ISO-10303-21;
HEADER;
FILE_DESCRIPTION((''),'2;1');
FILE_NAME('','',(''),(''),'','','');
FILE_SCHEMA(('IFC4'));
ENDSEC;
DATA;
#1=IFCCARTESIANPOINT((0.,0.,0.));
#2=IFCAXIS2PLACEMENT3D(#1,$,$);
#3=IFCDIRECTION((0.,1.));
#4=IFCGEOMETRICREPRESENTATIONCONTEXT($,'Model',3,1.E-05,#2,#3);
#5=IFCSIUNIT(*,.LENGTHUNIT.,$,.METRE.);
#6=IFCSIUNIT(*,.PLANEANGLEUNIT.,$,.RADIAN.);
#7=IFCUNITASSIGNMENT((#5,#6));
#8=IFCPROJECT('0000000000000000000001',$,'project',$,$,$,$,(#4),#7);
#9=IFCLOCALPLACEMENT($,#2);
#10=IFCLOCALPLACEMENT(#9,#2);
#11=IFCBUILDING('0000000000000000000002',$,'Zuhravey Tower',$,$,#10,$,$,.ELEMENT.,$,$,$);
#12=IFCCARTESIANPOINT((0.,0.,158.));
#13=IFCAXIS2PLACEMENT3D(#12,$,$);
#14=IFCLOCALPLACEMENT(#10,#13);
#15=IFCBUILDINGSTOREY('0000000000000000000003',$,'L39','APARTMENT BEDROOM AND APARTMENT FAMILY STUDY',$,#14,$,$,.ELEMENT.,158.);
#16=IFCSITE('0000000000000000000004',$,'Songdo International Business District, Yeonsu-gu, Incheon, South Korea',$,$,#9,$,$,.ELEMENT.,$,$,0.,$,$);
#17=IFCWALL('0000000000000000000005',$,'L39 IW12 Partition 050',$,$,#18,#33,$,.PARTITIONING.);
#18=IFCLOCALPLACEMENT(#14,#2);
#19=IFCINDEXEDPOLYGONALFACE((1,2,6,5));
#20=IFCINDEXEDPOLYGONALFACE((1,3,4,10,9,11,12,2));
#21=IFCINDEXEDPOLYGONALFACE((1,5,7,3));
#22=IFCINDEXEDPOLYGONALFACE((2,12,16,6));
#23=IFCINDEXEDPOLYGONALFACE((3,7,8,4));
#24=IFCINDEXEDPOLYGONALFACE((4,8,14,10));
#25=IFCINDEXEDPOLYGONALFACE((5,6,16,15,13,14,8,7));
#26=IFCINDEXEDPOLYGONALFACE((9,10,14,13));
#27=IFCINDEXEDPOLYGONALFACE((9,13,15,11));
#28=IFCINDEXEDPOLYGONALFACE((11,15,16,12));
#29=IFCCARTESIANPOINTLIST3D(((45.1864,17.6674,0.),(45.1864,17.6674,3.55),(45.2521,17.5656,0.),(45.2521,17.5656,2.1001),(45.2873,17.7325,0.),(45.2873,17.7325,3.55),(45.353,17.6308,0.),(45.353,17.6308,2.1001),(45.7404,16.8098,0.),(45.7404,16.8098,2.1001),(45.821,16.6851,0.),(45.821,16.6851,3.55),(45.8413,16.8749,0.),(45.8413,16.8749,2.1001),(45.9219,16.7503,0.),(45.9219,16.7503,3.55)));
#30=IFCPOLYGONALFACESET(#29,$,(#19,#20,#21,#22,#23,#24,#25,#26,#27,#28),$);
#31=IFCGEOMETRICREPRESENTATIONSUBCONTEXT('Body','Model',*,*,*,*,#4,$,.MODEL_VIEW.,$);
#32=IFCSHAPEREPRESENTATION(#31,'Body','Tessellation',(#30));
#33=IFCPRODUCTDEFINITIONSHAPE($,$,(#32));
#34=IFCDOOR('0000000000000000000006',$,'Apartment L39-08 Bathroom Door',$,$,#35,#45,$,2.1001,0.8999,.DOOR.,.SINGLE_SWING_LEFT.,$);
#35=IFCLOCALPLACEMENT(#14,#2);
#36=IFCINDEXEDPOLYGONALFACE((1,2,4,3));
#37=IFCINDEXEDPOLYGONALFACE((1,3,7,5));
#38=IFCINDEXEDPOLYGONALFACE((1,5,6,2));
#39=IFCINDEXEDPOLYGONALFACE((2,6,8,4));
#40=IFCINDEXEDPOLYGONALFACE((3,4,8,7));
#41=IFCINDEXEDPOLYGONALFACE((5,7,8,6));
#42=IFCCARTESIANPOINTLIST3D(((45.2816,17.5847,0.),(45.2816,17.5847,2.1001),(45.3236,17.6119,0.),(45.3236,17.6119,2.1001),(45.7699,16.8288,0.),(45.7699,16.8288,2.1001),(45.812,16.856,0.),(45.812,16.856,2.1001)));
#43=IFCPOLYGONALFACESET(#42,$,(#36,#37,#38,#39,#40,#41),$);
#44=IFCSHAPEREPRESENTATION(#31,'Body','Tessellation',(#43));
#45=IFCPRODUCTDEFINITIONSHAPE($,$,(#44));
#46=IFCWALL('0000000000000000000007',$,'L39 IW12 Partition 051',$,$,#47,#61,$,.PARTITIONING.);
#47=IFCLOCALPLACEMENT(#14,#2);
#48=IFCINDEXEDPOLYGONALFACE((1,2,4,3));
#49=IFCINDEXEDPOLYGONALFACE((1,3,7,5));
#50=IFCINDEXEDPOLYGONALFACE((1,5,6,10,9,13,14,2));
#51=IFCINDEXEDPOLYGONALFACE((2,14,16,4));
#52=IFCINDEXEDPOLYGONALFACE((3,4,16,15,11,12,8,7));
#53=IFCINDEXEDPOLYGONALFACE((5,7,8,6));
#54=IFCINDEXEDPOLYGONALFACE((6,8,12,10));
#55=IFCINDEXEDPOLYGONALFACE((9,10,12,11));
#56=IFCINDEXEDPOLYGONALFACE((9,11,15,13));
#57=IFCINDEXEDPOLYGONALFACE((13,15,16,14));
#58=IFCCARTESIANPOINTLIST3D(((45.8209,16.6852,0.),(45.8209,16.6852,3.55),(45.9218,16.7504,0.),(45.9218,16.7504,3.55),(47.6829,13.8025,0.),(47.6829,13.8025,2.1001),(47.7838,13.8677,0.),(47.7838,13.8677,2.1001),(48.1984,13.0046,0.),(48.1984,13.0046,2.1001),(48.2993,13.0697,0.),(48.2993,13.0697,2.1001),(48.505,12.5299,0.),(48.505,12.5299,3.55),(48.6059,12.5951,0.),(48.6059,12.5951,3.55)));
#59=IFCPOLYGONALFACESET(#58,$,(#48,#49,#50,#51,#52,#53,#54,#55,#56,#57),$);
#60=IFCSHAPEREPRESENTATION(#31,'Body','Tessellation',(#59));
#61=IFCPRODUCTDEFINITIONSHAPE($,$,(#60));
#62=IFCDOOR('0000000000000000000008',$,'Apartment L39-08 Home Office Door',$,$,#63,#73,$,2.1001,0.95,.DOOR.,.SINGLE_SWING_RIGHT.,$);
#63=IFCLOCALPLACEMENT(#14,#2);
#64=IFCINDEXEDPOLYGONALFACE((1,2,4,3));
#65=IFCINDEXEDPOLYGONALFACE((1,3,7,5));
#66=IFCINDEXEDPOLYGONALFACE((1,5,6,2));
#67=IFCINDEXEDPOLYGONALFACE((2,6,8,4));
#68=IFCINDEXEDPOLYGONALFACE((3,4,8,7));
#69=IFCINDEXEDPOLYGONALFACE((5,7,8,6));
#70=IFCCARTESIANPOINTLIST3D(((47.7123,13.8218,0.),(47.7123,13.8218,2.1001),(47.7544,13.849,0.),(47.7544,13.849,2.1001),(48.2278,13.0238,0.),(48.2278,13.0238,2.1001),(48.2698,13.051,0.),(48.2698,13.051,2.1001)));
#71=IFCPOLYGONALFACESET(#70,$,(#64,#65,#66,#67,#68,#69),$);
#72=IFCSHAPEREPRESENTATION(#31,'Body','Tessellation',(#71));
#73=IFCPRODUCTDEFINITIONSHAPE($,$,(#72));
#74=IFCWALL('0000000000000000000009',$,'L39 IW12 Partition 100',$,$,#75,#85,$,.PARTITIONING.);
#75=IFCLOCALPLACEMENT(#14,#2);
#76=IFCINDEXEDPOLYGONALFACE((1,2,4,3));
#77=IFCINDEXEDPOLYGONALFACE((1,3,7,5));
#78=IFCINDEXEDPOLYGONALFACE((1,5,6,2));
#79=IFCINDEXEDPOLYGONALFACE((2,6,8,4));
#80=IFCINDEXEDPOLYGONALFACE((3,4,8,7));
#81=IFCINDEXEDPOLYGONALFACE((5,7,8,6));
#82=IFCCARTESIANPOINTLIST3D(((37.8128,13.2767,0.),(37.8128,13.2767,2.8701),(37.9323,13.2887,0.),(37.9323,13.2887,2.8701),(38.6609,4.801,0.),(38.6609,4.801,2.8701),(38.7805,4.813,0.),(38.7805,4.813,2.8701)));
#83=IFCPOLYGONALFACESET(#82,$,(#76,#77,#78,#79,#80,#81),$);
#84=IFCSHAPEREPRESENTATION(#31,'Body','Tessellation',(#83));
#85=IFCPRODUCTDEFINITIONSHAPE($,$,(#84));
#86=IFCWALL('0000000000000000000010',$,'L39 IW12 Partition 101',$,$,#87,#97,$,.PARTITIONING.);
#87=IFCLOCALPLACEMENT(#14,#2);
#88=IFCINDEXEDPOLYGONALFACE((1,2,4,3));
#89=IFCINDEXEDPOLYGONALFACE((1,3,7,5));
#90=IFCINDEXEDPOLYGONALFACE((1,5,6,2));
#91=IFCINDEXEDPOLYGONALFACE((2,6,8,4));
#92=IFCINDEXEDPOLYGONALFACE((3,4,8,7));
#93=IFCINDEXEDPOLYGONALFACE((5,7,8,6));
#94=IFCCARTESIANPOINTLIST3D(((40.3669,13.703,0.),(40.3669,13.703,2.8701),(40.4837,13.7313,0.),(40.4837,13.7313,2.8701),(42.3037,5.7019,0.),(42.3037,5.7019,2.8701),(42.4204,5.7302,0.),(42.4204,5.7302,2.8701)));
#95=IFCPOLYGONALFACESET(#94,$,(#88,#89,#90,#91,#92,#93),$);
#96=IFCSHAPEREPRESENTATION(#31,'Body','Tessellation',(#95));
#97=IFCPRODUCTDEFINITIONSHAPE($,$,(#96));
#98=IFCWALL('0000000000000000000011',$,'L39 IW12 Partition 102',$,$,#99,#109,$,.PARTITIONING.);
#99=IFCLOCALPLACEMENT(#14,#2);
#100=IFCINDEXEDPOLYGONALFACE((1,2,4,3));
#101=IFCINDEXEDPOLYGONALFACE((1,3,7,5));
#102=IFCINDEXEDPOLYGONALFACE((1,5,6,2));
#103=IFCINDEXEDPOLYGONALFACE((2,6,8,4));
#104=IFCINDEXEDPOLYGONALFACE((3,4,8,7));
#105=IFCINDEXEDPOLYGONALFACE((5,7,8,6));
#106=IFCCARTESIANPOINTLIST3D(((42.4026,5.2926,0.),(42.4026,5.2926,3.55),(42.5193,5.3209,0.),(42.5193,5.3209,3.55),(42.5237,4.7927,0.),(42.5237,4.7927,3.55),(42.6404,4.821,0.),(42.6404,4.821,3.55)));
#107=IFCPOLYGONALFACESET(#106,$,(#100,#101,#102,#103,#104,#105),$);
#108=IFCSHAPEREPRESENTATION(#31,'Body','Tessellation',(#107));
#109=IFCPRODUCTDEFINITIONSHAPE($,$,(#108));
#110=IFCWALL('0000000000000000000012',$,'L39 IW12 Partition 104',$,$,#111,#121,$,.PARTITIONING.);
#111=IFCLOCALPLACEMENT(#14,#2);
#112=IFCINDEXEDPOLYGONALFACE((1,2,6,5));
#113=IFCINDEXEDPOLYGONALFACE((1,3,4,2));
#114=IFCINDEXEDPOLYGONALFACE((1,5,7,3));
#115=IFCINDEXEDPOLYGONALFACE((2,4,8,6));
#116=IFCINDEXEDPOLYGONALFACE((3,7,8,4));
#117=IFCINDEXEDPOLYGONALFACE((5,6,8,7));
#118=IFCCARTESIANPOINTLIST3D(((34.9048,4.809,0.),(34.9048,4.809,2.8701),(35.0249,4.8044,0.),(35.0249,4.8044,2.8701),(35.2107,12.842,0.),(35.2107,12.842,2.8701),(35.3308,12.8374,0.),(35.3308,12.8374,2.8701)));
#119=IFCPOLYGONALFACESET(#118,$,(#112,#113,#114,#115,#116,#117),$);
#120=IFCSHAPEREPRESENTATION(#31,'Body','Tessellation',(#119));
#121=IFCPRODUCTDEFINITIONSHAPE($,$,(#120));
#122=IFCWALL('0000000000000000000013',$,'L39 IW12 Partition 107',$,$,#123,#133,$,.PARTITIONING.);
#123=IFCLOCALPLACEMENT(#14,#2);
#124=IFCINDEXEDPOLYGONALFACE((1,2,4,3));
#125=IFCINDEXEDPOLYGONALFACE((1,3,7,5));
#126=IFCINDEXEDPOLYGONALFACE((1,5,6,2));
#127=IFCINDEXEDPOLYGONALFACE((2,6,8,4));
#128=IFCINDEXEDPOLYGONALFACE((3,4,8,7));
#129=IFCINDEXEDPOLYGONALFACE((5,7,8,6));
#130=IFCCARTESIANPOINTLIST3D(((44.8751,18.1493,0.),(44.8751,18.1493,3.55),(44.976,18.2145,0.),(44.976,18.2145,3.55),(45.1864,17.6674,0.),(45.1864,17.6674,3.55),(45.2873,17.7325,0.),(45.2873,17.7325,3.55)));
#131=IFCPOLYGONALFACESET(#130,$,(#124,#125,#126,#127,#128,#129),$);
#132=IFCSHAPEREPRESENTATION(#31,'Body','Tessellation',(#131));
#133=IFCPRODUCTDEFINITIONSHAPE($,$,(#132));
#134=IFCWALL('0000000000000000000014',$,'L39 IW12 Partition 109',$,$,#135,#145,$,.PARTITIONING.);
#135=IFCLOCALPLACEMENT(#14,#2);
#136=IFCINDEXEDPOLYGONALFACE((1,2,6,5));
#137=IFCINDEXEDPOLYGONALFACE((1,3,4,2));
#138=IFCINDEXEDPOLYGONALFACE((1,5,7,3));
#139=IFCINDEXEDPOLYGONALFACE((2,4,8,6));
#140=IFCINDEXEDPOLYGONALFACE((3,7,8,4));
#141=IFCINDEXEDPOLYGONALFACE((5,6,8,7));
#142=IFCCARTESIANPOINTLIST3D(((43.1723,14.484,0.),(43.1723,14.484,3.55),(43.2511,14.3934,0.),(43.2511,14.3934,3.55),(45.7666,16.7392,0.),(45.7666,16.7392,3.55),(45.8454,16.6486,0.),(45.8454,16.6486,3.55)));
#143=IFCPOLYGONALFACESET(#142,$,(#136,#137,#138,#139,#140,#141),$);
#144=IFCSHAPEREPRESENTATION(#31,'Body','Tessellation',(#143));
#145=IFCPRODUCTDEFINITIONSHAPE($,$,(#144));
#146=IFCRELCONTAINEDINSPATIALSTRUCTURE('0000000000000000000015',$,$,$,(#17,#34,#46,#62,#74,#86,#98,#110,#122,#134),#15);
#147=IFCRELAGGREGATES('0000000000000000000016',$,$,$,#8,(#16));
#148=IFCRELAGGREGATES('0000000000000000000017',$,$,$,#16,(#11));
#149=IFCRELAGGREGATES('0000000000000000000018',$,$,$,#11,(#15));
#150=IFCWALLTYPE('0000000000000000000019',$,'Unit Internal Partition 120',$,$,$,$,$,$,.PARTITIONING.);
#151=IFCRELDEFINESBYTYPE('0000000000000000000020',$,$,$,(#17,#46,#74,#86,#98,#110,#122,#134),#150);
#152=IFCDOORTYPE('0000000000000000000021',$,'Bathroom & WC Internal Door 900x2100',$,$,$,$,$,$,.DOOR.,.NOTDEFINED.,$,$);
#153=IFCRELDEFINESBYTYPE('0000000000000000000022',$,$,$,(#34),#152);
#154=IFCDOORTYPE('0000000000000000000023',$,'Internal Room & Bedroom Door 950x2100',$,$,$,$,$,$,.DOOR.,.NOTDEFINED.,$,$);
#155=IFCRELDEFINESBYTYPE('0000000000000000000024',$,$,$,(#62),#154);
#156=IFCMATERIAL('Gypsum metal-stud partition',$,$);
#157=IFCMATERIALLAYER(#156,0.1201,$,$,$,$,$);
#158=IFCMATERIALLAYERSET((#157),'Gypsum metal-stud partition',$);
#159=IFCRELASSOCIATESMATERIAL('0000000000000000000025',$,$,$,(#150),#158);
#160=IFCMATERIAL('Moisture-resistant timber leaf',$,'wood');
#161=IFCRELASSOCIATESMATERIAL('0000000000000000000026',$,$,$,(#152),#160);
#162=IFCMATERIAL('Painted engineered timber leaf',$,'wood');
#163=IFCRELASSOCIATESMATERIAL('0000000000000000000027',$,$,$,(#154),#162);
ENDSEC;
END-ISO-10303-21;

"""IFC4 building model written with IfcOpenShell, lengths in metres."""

from ifc_helpers import new_model, si_unit, direction, frame, frame_2d, origin, place, context, subcontext, project, spatial, rectangle, extrude, material, layer, layer_set, type_object, element, fill, save


model = new_model("IFC4")

# Units and contexts
model_context = context("Model", 3, precision=1e-05, world=origin(), true_north=direction((0.0, 1.0)))
body_context = subcontext(model_context, "Body", "Model", "MODEL_VIEW")
ifc_project = project(units=[si_unit("LENGTHUNIT", "METRE"), si_unit("PLANEANGLEUNIT", "RADIAN")], contexts=[model_context])

# Site, building, storey
site_placement = place(None, origin())
site = spatial("IfcSite", under=ifc_project, at=site_placement, Name="Songdo International Business District, Yeonsu-gu, Incheon, South Korea", CompositionType="ELEMENT", RefElevation=0.0)
building_placement = place(site_placement, origin())
building = spatial("IfcBuilding", under=site, at=building_placement, Name="Zuhravey Tower", CompositionType="ELEMENT")
storey_placement = place(building_placement, frame((0.0, 0.0, 158.0)))
storey = spatial("IfcBuildingStorey", under=building, at=storey_placement, Name="L39", Description="APARTMENT BEDROOM AND APARTMENT FAMILY STUDY", CompositionType="ELEMENT", Elevation=158.0)

# Shared definitions
ifc_material_1 = material(Name="Gypsum metal-stud partition")
ifc_layer_1 = layer(ifc_material_1, 0.1201)
ifc_layer_set_1 = layer_set([ifc_layer_1], Name="Gypsum metal-stud partition")
wall_type_1 = type_object("IfcWallType", Name="Unit Internal Partition 120", PredefinedType="PARTITIONING", material=ifc_layer_set_1)
ifc_material_2 = material(Name="Moisture-resistant timber leaf", Category="wood")
door_type_1 = type_object("IfcDoorType", Name="Bathroom & WC Internal Door 900x2100", OperationType="NOTDEFINED", PredefinedType="DOOR", material=ifc_material_2)
ifc_material_3 = material(Name="Painted engineered timber leaf", Category="wood")
door_type_2 = type_object("IfcDoorType", Name="Internal Room & Bedroom Door 950x2100", OperationType="NOTDEFINED", PredefinedType="DOOR", material=ifc_material_3)

# Walls, openings, doors
wall_1_placement = place(storey_placement, frame((45.2368, 17.7, 0.0), z_axis=(0.0, 0.0, 1.0), x_axis=(0.542645, -0.839962, 0.0)))
wall_1 = element("IfcWall", 1, at=wall_1_placement, inside=storey, type_object=wall_type_1, Name="L39 IW12 Partition 050", PredefinedType="PARTITIONING", context=body_context, shape_type="SweptSolid", body=[
    extrude(rectangle(XDim=1.1694, YDim=0.1201, at=frame_2d((0.5847, 0.0))), origin(), (0.0, 0.0, 1.0), 3.55),
])
opening_1_placement = place(wall_1_placement, frame((0.1211, 0.0, 0.0)))
opening_1 = element("IfcOpeningElement", 2, at=opening_1_placement, cuts=wall_1, PredefinedType="OPENING", context=body_context, shape_type="SweptSolid", body=[
    extrude(rectangle(XDim=0.8999, YDim=2.1001, at=frame_2d((0.45, 1.05))), frame((0.0, 0.072, 0.0), z_axis=(0.0, -1.0, 0.0), x_axis=(1.0, 0.0, 0.0)), (0.0, 0.0, 1.0), 0.144),
])
door_1_placement = place(opening_1_placement, frame((0.8999, 0.0, 0.0), z_axis=(0.0, 0.0, 1.0), x_axis=(-1.0, 0.0, 0.0)))
door_1 = element("IfcDoor", 3, at=door_1_placement, inside=storey, type_object=door_type_1, Name="Apartment L39-08 Bathroom Door", OperationType="SINGLE_SWING_LEFT", OverallHeight=2.1001, OverallWidth=0.8999, PredefinedType="DOOR", context=body_context, shape_type="SweptSolid", body=[
    extrude(rectangle(XDim=0.8999, YDim=2.1001, at=frame_2d((0.45, 1.05))), frame((0.0, 0.0249, 0.0), z_axis=(0.0, -1.0, 0.0), x_axis=(1.0, 0.0, 0.0)), (0.0, 0.0, 1.0), 0.05),
])
fill(opening_1, door_1)
wall_2_placement = place(storey_placement, frame((45.8713, 16.7178, 0.0), z_axis=(0.0, 0.0, 1.0), x_axis=(0.542592, -0.839996, 0.0)))
wall_2 = element("IfcWall", 4, at=wall_2_placement, inside=storey, type_object=wall_type_1, Name="L39 IW12 Partition 051", PredefinedType="PARTITIONING", context=body_context, shape_type="SweptSolid", body=[
    extrude(rectangle(XDim=4.9468, YDim=0.1201, at=frame_2d((2.4734, 0.0))), origin(), (0.0, 0.0, 1.0), 3.55),
])
opening_2_placement = place(wall_2_placement, frame((3.4316, 0.0, 0.0)))
opening_2 = element("IfcOpeningElement", 5, at=opening_2_placement, cuts=wall_2, PredefinedType="OPENING", context=body_context, shape_type="SweptSolid", body=[
    extrude(rectangle(XDim=0.95, YDim=2.1001, at=frame_2d((0.4751, 1.05))), frame((0.0, 0.072, 0.0), z_axis=(0.0, -1.0, 0.0), x_axis=(1.0, 0.0, 0.0)), (0.0, 0.0, 1.0), 0.144),
])
door_2_placement = place(opening_2_placement, frame((0.95, 0.0, 0.0), z_axis=(0.0, 0.0, 1.0), x_axis=(-1.0, 0.0, 0.0)))
door_2 = element("IfcDoor", 6, at=door_2_placement, inside=storey, type_object=door_type_2, Name="Apartment L39-08 Home Office Door", OperationType="SINGLE_SWING_RIGHT", OverallHeight=2.1001, OverallWidth=0.95, PredefinedType="DOOR", context=body_context, shape_type="SweptSolid", body=[
    extrude(rectangle(XDim=0.95, YDim=2.1001, at=frame_2d((0.4751, 1.05))), frame((0.0, 0.0249, 0.0), z_axis=(0.0, -1.0, 0.0), x_axis=(1.0, 0.0, 0.0)), (0.0, 0.0, 1.0), 0.05),
])
fill(opening_2, door_2)

# Walls
wall_3_placement = place(storey_placement, frame((37.8726, 13.2827, 0.0), z_axis=(0.0, 0.0, 1.0), x_axis=(0.099569, -0.995031, 0.0)))
element("IfcWall", 7, at=wall_3_placement, inside=storey, type_object=wall_type_1, Name="L39 IW12 Partition 100", PredefinedType="PARTITIONING", context=body_context, shape_type="SweptSolid", body=[
    extrude(rectangle(XDim=8.5181, YDim=0.1201, at=frame_2d((4.259, 0.0))), origin(), (0.0, 0.0, 1.0), 2.8701),
])
wall_4_placement = place(storey_placement, frame((40.4253, 13.7173, 0.0), z_axis=(0.0, 0.0, 1.0), x_axis=(0.235265, -0.971931, 0.0)))
element("IfcWall", 8, at=wall_4_placement, inside=storey, type_object=wall_type_1, Name="L39 IW12 Partition 101", PredefinedType="PARTITIONING", context=body_context, shape_type="SweptSolid", body=[
    extrude(rectangle(XDim=8.2322, YDim=0.1201, at=frame_2d((4.1162, 0.0))), origin(), (0.0, 0.0, 1.0), 2.8701),
])
wall_5_placement = place(storey_placement, frame((42.4609, 5.3069, 0.0), z_axis=(0.0, 0.0, 1.0), x_axis=(0.235383, -0.971903, 0.0)))
element("IfcWall", 9, at=wall_5_placement, inside=storey, type_object=wall_type_1, Name="L39 IW12 Partition 102", PredefinedType="PARTITIONING", context=body_context, shape_type="SweptSolid", body=[
    extrude(rectangle(XDim=0.5144, YDim=0.1201, at=frame_2d((0.2573, 0.0))), origin(), (0.0, 0.0, 1.0), 3.55),
])
wall_6_placement = place(storey_placement, frame((35.2708, 12.8398, 0.0), z_axis=(0.0, 0.0, 1.0), x_axis=(-0.038054, -0.999276, 0.0)))
element("IfcWall", 10, at=wall_6_placement, inside=storey, type_object=wall_type_1, Name="L39 IW12 Partition 104", PredefinedType="PARTITIONING", context=body_context, shape_type="SweptSolid", body=[
    extrude(rectangle(XDim=8.0388, YDim=0.1201, at=frame_2d((4.0195, 0.0))), origin(), (0.0, 0.0, 1.0), 2.8701),
])
wall_7_placement = place(storey_placement, frame((44.9255, 18.1819, 0.0), z_axis=(0.0, 0.0, 1.0), x_axis=(0.542563, -0.840015, 0.0)))
element("IfcWall", 11, at=wall_7_placement, inside=storey, type_object=wall_type_1, Name="L39 IW12 Partition 107", PredefinedType="PARTITIONING", context=body_context, shape_type="SweptSolid", body=[
    extrude(rectangle(XDim=0.5737, YDim=0.1201, at=frame_2d((0.2869, 0.0))), origin(), (0.0, 0.0, 1.0), 3.55),
])
wall_8_placement = place(storey_placement, frame((43.2117, 14.4387, 0.0), z_axis=(0.0, 0.0, 1.0), x_axis=(0.754711, 0.656057, 0.0)))
element("IfcWall", 12, at=wall_8_placement, inside=storey, type_object=wall_type_1, Name="L39 IW12 Partition 109", PredefinedType="PARTITIONING", context=body_context, shape_type="SweptSolid", body=[
    extrude(rectangle(XDim=3.4375, YDim=0.1201, at=frame_2d((1.7188, 0.0))), origin(), (0.0, 0.0, 1.0), 3.55),
])

save(model, "model.ifc")
